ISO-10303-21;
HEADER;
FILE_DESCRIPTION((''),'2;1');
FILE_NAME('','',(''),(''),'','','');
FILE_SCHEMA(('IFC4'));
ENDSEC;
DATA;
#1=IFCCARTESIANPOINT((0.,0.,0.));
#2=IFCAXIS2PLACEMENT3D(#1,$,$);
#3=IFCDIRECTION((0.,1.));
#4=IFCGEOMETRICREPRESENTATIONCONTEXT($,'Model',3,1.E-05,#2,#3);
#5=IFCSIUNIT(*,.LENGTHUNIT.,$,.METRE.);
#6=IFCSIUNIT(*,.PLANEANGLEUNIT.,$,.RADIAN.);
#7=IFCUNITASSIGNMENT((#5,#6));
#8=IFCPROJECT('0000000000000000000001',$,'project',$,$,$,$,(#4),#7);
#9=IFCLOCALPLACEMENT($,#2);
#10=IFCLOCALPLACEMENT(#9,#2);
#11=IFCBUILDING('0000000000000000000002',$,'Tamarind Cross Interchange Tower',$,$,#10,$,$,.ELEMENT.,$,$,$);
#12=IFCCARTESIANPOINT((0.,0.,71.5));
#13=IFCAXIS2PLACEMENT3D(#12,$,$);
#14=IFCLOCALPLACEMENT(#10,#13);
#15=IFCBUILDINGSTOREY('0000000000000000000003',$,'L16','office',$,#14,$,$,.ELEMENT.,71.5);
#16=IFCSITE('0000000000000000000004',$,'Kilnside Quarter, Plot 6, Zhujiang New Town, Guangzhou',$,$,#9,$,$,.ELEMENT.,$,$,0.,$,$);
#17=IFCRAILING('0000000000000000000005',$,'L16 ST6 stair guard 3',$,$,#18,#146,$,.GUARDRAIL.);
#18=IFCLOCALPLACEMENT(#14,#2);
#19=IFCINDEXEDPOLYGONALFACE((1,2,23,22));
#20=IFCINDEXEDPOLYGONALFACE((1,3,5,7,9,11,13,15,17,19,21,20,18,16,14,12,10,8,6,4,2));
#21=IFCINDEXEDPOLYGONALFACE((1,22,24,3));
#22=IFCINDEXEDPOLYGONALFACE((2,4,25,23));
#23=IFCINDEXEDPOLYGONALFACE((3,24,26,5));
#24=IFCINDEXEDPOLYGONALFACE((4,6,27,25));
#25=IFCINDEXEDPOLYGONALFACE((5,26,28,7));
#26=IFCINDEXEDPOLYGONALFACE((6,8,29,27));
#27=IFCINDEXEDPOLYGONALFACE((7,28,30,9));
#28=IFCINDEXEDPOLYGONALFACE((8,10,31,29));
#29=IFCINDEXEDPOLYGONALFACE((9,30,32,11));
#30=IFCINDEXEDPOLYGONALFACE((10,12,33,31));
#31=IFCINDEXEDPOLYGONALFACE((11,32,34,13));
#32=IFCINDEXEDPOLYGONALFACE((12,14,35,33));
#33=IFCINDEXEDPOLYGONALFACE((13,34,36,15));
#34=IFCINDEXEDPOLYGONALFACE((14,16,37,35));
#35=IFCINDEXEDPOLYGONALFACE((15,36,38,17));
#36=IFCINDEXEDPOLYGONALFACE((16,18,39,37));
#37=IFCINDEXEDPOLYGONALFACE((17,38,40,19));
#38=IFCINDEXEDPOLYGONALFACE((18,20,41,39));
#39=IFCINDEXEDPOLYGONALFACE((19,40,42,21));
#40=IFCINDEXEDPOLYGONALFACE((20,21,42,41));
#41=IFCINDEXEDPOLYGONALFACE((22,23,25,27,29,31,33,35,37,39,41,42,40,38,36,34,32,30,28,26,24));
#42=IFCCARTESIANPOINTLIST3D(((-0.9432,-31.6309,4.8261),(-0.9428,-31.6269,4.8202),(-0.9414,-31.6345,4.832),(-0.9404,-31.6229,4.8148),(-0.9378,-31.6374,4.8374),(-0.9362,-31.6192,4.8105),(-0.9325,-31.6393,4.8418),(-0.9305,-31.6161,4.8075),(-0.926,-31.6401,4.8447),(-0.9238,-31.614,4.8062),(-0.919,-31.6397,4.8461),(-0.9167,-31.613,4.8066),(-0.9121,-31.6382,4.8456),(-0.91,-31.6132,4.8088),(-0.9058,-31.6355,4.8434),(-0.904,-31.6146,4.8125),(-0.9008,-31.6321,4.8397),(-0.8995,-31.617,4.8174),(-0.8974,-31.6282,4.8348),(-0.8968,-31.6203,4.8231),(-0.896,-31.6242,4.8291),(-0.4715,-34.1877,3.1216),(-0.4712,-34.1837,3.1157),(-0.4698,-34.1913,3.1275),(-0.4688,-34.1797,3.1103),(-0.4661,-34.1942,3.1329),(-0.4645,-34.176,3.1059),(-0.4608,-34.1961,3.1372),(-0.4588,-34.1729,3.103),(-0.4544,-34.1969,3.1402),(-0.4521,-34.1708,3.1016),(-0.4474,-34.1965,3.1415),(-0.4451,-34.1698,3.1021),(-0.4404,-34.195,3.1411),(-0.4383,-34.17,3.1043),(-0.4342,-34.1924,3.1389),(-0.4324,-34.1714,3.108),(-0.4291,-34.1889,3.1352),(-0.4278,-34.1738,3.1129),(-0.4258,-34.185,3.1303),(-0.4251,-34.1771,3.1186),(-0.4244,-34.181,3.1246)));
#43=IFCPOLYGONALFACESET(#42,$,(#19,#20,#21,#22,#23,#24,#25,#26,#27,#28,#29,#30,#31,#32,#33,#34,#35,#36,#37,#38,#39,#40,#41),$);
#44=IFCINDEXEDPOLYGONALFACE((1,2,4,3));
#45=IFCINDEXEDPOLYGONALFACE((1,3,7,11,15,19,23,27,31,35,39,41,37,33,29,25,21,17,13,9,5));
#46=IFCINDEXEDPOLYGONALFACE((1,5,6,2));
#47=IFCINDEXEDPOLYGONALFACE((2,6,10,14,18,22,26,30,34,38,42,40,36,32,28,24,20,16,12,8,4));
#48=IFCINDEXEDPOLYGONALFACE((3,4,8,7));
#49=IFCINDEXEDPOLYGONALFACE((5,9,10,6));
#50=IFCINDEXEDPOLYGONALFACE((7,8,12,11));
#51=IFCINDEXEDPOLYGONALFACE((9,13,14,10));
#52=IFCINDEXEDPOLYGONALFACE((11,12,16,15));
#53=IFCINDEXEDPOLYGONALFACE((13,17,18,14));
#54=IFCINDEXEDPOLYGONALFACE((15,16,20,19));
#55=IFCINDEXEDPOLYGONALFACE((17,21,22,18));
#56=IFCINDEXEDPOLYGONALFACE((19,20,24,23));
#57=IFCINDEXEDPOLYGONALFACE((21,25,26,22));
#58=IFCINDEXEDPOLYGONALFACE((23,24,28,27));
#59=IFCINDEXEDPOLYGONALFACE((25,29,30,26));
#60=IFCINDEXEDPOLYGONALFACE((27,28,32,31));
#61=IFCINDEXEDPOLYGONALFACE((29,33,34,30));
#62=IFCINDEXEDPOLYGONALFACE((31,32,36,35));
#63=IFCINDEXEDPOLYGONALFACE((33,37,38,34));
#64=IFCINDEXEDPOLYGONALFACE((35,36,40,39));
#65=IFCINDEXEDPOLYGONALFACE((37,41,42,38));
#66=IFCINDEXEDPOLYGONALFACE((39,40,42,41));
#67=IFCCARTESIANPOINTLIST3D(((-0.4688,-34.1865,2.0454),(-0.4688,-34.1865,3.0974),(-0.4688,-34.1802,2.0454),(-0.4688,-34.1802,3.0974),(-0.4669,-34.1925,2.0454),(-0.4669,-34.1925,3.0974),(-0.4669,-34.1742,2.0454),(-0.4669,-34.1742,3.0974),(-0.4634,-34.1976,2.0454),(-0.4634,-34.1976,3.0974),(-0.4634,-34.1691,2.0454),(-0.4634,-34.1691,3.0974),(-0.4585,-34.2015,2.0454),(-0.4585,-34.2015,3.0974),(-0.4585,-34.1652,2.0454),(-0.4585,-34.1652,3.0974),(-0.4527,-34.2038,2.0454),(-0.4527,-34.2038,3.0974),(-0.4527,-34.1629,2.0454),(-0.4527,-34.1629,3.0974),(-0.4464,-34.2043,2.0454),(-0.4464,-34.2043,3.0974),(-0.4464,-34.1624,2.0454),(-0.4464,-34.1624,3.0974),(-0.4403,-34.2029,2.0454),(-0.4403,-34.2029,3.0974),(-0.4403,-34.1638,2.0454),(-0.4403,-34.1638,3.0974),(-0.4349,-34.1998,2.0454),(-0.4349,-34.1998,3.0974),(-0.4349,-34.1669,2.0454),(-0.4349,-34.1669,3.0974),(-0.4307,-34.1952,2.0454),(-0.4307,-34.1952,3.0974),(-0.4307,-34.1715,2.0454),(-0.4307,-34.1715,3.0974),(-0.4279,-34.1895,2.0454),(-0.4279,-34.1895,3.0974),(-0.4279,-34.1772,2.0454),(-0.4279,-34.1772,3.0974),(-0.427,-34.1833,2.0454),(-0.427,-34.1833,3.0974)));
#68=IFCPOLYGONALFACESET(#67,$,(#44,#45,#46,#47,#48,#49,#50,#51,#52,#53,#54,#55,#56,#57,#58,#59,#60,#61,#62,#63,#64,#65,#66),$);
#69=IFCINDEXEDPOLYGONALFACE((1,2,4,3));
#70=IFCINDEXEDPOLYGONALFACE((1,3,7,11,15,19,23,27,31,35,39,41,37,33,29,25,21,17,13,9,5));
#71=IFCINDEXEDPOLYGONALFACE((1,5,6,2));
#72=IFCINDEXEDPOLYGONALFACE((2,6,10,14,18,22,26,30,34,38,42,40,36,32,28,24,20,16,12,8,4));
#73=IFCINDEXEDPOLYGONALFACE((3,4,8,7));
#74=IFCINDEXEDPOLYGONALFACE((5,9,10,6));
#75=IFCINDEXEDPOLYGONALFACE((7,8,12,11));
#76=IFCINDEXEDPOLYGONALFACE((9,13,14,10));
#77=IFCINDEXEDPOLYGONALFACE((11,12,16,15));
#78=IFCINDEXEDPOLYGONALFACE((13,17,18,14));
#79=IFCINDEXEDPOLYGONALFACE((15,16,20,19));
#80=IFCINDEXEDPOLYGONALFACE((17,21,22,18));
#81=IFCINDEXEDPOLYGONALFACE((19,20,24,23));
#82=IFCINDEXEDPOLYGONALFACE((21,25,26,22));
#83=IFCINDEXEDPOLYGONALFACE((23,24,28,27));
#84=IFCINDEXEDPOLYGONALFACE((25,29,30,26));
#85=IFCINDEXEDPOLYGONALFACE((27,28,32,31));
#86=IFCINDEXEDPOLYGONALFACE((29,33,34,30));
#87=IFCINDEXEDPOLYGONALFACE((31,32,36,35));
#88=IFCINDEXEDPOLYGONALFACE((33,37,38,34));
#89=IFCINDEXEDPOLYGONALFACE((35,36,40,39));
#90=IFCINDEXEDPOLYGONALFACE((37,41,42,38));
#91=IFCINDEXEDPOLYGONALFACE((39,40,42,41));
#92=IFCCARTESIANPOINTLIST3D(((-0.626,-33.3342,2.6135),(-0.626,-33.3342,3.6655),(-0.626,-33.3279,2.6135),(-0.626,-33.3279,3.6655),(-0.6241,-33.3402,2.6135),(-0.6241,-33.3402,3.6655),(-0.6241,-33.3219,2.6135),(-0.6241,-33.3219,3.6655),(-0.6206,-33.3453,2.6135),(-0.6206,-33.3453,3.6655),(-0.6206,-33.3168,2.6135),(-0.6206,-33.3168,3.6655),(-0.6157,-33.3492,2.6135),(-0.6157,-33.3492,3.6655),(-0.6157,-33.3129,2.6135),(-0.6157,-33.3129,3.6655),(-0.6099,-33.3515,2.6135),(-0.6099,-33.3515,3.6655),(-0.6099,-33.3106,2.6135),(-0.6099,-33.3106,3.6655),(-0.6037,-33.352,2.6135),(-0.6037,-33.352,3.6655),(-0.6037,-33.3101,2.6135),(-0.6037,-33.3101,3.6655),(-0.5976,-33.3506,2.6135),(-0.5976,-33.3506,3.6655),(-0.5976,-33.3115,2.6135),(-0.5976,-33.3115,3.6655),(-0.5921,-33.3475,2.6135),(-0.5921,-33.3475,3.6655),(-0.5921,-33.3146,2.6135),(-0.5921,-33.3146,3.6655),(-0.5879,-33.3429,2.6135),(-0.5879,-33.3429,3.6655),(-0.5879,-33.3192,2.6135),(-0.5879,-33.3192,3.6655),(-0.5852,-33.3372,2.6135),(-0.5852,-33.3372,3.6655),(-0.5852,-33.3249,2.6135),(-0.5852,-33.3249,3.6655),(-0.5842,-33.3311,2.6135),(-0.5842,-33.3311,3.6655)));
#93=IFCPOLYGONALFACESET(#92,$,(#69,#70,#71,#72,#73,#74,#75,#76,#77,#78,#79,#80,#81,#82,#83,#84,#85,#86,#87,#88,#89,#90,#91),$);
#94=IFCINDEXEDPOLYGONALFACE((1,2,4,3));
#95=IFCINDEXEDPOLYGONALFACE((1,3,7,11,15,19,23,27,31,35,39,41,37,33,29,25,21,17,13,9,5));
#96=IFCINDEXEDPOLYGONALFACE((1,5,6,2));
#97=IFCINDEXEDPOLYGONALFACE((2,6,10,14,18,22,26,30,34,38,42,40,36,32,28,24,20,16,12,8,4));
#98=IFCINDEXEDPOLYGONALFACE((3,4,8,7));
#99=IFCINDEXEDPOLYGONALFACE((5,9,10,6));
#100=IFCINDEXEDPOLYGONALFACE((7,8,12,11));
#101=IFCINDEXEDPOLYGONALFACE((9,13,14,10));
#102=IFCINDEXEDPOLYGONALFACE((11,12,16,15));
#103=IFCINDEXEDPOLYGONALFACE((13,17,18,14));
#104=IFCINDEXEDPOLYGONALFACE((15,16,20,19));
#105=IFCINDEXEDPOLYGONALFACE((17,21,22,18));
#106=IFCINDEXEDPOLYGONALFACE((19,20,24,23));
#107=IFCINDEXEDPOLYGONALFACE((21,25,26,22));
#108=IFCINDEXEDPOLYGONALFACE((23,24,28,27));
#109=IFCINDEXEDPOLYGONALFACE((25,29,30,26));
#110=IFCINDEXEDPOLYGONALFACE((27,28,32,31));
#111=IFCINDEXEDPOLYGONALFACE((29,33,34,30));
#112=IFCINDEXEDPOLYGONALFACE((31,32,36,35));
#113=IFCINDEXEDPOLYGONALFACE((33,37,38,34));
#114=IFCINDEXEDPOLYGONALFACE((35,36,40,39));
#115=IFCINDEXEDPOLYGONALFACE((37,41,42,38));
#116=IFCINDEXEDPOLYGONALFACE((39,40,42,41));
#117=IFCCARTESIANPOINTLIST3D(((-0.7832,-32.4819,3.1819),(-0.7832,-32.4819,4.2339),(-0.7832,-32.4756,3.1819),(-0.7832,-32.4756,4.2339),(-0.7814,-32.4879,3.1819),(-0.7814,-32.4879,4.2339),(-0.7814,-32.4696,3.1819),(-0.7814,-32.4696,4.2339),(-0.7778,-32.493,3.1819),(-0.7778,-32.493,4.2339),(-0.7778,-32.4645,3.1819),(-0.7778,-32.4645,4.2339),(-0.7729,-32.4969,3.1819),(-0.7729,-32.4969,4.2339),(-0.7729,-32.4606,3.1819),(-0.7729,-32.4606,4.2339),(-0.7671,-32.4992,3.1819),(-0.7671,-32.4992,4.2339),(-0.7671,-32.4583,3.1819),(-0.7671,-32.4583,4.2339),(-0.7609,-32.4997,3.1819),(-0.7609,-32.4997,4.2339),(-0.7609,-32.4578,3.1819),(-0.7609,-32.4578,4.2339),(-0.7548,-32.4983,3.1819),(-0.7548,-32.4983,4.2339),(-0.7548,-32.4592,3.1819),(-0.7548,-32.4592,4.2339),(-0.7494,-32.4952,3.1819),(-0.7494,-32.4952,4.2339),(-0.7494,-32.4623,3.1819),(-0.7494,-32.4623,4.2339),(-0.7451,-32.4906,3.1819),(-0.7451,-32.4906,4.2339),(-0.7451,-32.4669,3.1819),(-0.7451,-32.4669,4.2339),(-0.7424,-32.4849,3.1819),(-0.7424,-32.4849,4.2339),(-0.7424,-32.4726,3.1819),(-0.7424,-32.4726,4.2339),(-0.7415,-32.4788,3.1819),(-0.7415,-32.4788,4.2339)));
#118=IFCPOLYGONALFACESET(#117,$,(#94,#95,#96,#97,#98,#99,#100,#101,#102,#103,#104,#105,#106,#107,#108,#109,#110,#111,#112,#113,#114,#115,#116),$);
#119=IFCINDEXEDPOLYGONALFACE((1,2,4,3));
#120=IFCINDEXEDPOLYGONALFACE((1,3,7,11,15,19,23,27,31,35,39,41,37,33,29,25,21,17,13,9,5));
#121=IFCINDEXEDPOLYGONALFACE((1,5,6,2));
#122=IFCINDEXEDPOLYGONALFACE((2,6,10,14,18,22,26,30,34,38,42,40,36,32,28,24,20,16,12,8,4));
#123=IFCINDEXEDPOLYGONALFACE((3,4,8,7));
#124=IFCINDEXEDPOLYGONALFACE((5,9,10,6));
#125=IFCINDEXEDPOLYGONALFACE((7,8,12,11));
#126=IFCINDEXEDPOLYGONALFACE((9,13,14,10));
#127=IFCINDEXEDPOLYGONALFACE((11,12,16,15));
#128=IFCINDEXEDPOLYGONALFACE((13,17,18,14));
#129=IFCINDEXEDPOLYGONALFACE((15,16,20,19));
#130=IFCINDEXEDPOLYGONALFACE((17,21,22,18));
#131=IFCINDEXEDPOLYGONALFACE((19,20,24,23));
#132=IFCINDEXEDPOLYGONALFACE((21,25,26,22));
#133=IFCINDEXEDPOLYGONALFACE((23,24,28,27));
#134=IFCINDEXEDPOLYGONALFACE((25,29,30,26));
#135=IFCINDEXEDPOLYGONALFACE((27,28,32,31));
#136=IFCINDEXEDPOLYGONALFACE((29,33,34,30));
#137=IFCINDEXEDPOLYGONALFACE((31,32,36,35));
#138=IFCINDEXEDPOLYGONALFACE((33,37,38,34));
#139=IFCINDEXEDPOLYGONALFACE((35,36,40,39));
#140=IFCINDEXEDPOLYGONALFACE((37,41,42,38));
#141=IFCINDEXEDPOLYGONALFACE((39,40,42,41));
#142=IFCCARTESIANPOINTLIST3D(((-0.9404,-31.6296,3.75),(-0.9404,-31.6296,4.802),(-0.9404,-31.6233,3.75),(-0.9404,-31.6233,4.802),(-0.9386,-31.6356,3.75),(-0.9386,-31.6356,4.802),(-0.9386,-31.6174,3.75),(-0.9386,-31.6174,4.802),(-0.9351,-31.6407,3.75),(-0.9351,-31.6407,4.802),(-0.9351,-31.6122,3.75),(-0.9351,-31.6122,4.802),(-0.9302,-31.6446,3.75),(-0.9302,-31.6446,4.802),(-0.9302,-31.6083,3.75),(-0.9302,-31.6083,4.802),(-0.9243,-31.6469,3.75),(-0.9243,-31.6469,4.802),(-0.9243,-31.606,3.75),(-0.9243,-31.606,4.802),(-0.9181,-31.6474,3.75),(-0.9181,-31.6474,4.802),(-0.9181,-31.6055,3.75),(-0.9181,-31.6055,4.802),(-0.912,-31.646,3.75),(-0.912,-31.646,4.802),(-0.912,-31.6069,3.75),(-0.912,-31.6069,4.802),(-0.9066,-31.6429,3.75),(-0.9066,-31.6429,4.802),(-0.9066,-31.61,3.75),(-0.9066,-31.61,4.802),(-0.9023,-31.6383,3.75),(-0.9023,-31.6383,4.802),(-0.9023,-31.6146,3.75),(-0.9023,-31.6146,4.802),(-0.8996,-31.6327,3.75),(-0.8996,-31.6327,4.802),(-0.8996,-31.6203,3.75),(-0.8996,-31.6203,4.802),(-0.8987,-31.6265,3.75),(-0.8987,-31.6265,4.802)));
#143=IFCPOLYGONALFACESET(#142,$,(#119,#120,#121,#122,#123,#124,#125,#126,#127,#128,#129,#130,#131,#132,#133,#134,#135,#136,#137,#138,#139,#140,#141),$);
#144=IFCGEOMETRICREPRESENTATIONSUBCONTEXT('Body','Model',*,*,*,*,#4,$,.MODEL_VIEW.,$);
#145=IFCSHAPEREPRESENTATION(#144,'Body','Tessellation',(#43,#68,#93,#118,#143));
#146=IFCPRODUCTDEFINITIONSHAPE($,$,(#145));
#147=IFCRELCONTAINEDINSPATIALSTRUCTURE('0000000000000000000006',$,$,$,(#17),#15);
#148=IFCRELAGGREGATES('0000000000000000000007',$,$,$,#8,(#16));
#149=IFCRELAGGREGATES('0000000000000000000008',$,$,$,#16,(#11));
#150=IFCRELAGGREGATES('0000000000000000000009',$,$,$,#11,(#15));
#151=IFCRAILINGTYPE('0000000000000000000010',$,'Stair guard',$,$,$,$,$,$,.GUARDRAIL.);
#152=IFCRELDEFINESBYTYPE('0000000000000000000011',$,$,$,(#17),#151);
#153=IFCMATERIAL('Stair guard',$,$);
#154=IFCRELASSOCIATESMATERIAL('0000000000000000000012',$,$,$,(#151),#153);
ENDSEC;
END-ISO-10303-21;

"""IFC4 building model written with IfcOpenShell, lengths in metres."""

from ifc_helpers import new_model, si_unit, direction, frame, origin, origin_2d, place, context, subcontext, project, spatial, circle, extrude, material, type_object, element, save


model = new_model("IFC4")

# Units and contexts
model_context = context("Model", 3, precision=1e-05, world=origin(), true_north=direction((0.0, 1.0)))
body_context = subcontext(model_context, "Body", "Model", "MODEL_VIEW")
ifc_project = project(units=[si_unit("LENGTHUNIT", "METRE"), si_unit("PLANEANGLEUNIT", "RADIAN")], contexts=[model_context])

# Site, building, storey
site_placement = place(None, origin())
site = spatial("IfcSite", under=ifc_project, at=site_placement, Name="Kilnside Quarter, Plot 6, Zhujiang New Town, Guangzhou", CompositionType="ELEMENT", RefElevation=0.0)
building_placement = place(site_placement, origin())
building = spatial("IfcBuilding", under=site, at=building_placement, Name="Tamarind Cross Interchange Tower", CompositionType="ELEMENT")
storey_placement = place(building_placement, frame((0.0, 0.0, 71.5)))
storey = spatial("IfcBuildingStorey", under=building, at=storey_placement, Name="L16", Description="office", CompositionType="ELEMENT", Elevation=71.5)

# Railing
ifc_material_1 = material(Name="Stair guard")
railing_type_1 = type_object("IfcRailingType", Name="Stair guard", PredefinedType="GUARDRAIL", material=ifc_material_1)
railing_1_placement = place(storey_placement, frame((-0.448, -34.1833, 2.0454)))
element("IfcRailing", 1, at=railing_1_placement, inside=storey, type_object=railing_type_1, Name="L16 ST6 stair guard 3", PredefinedType="GUARDRAIL", context=body_context, shape_type="SweptSolid", body=[
    extrude(circle(Radius=0.0239, at=origin_2d()), frame((0.0, 0.0, 1.0762), z_axis=(-0.151715, 0.822419, 0.548279), x_axis=(-0.983407, -0.181413, 0.0)), (0.0, 0.0, 1.0), 3.1089),
    extrude(circle(Radius=0.021, at=origin_2d()), origin(), (0.0, 0.0, 1.0), 1.052),
    extrude(circle(Radius=0.021, at=origin_2d()), frame((-0.1572, 0.8523, 0.5681)), (0.0, 0.0, 1.0), 1.052),
    extrude(circle(Radius=0.021, at=origin_2d()), frame((-0.3145, 1.7046, 1.1365)), (0.0, 0.0, 1.0), 1.052),
    extrude(circle(Radius=0.021, at=origin_2d()), frame((-0.4717, 2.5569, 1.7046)), (0.0, 0.0, 1.0), 1.052),
])

save(model, "model.ifc")
